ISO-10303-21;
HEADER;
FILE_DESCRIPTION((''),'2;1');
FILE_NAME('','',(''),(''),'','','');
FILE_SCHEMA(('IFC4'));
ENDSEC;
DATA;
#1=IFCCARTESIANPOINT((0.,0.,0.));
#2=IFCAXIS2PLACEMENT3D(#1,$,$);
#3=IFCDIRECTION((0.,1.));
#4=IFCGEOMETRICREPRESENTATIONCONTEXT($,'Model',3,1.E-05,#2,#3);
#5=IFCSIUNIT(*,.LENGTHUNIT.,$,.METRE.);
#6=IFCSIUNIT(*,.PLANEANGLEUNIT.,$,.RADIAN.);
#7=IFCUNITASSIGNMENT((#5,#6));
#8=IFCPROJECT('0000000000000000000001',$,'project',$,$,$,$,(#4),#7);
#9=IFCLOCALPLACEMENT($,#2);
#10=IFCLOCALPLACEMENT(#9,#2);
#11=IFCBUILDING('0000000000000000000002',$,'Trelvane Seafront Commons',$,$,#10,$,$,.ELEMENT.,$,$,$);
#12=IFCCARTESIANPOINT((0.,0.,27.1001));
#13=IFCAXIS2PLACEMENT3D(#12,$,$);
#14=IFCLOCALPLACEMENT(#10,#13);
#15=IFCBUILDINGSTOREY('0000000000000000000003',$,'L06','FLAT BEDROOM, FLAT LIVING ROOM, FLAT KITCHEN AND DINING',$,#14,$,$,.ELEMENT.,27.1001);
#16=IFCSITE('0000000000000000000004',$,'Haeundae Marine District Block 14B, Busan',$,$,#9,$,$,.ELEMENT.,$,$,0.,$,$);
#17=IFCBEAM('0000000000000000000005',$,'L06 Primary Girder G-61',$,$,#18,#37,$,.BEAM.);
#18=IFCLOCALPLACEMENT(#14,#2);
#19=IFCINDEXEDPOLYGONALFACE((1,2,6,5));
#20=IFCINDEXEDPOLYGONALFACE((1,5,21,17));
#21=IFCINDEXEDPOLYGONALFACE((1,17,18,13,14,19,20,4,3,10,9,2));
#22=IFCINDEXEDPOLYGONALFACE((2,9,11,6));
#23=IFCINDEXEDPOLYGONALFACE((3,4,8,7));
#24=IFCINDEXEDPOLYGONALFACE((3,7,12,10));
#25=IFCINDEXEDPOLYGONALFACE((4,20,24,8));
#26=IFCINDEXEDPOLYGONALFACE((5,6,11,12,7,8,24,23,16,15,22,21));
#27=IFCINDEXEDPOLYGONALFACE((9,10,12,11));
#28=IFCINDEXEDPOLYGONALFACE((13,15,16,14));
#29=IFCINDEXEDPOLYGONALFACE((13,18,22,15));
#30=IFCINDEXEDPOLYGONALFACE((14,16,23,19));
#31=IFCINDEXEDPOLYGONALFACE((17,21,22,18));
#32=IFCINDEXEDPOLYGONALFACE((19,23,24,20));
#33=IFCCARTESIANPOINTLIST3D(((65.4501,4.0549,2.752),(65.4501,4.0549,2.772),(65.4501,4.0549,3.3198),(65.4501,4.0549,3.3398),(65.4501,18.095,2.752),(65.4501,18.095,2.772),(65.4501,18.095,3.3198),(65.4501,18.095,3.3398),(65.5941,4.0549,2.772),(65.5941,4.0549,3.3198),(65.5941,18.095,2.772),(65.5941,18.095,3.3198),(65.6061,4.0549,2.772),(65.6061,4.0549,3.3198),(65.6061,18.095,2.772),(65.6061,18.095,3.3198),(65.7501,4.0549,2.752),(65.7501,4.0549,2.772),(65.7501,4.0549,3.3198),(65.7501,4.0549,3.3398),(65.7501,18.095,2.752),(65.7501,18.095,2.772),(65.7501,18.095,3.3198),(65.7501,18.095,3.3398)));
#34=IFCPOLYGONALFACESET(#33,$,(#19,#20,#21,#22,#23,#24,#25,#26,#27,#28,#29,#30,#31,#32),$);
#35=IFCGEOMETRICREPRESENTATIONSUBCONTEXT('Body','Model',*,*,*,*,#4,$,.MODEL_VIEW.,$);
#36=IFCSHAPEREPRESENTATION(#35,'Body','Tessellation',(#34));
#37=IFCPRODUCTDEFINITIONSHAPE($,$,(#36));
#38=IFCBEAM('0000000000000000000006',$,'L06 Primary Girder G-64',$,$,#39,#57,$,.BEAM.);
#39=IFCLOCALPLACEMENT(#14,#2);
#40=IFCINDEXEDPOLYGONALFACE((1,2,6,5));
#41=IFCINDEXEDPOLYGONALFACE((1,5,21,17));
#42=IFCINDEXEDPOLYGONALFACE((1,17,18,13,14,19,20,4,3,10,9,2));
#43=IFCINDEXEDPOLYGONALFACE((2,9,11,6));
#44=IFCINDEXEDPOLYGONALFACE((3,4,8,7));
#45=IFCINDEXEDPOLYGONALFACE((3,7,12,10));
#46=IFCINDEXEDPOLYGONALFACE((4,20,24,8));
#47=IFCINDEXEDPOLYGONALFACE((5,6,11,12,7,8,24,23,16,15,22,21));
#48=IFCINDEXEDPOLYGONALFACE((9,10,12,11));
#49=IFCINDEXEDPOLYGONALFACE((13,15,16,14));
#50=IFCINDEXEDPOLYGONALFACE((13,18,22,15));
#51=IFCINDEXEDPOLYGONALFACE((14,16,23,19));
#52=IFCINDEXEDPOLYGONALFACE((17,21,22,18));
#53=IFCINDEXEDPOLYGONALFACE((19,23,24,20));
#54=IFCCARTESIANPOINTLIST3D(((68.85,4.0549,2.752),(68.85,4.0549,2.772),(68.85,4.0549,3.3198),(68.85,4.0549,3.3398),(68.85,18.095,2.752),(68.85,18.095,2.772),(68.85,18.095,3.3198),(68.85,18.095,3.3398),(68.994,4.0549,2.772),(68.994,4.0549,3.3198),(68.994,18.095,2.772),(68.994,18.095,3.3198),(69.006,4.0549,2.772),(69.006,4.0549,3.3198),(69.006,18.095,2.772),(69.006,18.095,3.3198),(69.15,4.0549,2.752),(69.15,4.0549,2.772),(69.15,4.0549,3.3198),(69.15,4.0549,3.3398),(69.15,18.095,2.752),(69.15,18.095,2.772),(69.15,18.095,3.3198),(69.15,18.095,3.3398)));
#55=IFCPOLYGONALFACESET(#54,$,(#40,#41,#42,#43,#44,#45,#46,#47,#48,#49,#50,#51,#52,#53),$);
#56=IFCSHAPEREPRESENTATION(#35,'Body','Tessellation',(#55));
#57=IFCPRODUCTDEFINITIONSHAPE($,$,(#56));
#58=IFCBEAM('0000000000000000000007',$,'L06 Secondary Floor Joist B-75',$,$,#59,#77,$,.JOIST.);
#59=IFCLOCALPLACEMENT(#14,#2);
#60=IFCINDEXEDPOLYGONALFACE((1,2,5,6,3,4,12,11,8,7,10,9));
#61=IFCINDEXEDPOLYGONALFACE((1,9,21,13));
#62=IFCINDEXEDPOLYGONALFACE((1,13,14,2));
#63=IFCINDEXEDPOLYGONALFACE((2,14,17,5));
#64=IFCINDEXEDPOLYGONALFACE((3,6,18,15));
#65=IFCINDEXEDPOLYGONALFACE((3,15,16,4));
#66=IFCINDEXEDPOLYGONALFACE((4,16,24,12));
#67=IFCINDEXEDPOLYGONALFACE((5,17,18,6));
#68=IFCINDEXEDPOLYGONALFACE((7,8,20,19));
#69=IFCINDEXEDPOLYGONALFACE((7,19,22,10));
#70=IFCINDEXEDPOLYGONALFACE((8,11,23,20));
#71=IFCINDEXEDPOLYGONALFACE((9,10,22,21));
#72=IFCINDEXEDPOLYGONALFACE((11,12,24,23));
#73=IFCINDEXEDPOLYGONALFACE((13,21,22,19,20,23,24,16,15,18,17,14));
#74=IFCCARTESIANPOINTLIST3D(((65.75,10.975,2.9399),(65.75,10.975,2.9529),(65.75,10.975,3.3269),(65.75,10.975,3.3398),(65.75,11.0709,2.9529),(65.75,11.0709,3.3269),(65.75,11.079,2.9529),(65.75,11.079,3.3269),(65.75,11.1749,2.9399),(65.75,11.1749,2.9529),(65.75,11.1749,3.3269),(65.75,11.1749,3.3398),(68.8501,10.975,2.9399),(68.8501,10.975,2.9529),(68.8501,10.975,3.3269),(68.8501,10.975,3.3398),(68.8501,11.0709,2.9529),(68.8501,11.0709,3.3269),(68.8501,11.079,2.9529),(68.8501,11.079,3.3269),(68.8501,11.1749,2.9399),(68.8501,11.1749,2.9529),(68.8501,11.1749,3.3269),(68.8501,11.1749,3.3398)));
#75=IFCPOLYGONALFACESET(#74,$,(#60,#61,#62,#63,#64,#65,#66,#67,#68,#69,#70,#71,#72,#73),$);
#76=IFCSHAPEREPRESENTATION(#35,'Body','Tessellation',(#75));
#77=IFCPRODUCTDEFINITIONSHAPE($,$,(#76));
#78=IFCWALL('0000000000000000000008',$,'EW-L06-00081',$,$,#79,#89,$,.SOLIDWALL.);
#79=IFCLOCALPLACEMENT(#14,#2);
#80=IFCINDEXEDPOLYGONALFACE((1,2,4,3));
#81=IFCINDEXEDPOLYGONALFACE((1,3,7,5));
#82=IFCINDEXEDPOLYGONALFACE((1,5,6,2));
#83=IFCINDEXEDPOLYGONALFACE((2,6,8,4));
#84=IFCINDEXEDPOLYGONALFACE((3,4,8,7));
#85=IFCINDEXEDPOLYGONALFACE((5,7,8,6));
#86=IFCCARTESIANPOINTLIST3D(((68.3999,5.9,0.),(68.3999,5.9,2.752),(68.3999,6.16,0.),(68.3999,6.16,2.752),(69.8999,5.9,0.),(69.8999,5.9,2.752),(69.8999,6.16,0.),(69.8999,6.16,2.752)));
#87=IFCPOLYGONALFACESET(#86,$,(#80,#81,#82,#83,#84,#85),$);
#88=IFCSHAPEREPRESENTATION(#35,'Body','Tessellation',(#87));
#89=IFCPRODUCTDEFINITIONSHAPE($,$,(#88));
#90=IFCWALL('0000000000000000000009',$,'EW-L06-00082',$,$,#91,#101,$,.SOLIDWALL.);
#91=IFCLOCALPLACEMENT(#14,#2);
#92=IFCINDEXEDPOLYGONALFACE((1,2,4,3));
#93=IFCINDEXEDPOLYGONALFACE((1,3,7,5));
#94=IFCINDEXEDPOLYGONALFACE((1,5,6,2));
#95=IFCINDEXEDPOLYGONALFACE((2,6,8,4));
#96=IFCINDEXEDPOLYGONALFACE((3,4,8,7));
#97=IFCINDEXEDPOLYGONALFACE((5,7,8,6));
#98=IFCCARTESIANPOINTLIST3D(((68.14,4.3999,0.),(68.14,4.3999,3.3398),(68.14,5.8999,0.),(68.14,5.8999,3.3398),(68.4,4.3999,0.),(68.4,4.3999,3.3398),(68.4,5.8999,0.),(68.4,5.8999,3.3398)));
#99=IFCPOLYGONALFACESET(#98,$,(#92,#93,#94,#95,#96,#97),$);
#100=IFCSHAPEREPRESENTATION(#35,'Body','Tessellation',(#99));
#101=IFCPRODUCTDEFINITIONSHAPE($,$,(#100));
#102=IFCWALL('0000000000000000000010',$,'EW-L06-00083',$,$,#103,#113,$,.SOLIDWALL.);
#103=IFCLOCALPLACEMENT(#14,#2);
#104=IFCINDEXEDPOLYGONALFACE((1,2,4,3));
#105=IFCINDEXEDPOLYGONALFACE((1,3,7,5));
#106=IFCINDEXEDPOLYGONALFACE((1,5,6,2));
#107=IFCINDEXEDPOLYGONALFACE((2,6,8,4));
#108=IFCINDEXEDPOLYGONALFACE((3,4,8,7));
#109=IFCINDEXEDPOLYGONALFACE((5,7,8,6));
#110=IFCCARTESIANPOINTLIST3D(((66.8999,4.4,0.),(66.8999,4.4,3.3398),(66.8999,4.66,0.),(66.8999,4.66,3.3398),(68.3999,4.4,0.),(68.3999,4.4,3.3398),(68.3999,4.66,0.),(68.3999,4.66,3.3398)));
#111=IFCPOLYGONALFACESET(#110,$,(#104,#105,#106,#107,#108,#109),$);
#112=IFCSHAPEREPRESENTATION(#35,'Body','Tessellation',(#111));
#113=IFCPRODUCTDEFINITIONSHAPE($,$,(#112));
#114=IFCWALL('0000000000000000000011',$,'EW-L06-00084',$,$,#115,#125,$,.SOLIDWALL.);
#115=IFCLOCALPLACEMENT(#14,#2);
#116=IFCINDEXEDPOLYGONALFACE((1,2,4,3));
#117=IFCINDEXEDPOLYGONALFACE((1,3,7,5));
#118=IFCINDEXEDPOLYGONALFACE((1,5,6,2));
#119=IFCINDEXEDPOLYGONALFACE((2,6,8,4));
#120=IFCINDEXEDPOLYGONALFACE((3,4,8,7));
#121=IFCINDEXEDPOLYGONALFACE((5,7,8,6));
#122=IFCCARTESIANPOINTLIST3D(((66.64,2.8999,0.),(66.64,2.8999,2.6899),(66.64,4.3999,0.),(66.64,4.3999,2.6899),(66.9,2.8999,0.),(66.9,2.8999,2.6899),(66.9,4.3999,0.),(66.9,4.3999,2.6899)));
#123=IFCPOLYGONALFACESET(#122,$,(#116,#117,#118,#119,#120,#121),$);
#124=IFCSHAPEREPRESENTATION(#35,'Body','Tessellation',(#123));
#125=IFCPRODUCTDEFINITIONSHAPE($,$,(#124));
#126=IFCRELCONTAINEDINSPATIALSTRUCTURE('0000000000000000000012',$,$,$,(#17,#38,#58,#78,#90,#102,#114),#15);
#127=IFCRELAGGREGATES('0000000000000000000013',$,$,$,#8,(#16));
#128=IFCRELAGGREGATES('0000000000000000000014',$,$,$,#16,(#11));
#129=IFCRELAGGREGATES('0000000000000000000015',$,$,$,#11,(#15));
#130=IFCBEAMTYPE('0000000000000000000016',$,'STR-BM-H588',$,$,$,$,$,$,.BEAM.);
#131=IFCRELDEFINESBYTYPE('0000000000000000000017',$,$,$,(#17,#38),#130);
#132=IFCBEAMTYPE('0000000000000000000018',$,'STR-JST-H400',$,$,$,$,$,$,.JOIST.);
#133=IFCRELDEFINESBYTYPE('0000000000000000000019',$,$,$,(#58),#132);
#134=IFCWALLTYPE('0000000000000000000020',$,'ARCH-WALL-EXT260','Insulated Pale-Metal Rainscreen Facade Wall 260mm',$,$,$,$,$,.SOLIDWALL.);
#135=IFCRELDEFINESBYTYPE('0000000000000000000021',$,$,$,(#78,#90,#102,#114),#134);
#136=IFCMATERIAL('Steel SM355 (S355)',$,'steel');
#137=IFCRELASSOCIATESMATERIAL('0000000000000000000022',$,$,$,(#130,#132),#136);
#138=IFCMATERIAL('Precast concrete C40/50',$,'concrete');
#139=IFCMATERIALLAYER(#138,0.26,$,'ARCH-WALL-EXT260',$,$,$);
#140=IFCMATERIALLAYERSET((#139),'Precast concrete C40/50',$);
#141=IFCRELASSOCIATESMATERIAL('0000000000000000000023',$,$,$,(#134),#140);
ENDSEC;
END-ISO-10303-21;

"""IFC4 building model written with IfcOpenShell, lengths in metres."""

from ifc_helpers import new_model, si_unit, direction, frame, frame_2d, origin, origin_2d, place, context, subcontext, project, spatial, rectangle, i_section, extrude, source, transform, mapped, material, layer, layer_set, material_profile, profile_set, type_object, element, save


model = new_model("IFC4")

# Units and contexts
model_context = context("Model", 3, precision=1e-05, world=origin(), true_north=direction((0.0, 1.0)))
body_context = subcontext(model_context, "Body", "Model", "MODEL_VIEW")
ifc_project = project(units=[si_unit("LENGTHUNIT", "METRE"), si_unit("PLANEANGLEUNIT", "RADIAN")], contexts=[model_context])

# Site, building, storey
site_placement = place(None, origin())
site = spatial("IfcSite", under=ifc_project, at=site_placement, Name="Haeundae Marine District Block 14B, Busan", CompositionType="ELEMENT", RefElevation=0.0)
building_placement = place(site_placement, origin())
building = spatial("IfcBuilding", under=site, at=building_placement, Name="Trelvane Seafront Commons", CompositionType="ELEMENT")
storey_placement = place(building_placement, frame((0.0, 0.0, 27.1001)))
storey = spatial("IfcBuildingStorey", under=building, at=storey_placement, Name="L06", Description="FLAT BEDROOM, FLAT LIVING ROOM, FLAT KITCHEN AND DINING", CompositionType="ELEMENT", Elevation=27.1001)

# Beams
ifc_material_1 = material(Name="Steel SM355 (S355)", Category="steel")
ifc_material_profile_1 = material_profile(ifc_material_1, i_section(OverallWidth=0.3, OverallDepth=0.5879, WebThickness=0.012, FlangeThickness=0.02, at=origin_2d()), Name="H-588x300x12x20")
ifc_profile_set_1 = profile_set([ifc_material_profile_1], Name="Steel SM355 (S355)")
beam_type_1 = type_object("IfcBeamType", Name="STR-BM-H588", PredefinedType="BEAM", material=ifc_profile_set_1)
shared_shape_1 = source(origin(), body_context, "Body", "SweptSolid", [
    extrude(i_section(OverallWidth=0.3, OverallDepth=0.5879, WebThickness=0.012, FlangeThickness=0.02, at=origin_2d()), origin(), (0.0, 0.0, 1.0), 14.04),
])
for number, where, z_axis, x_axis, name in (
    (1, (65.6001, 4.0549, 3.0459), (0.0, 1.0, 0.0), (-1.0, 0.0, 0.0), "L06 Primary Girder G-61"),
    (2, (69.0, 4.0549, 3.0459), (0.0, 1.0, 0.0), (-1.0, 0.0, 0.0), "L06 Primary Girder G-64"),
):
    element("IfcBeam", number, at=place(storey_placement, frame(where, z_axis=z_axis, x_axis=x_axis)), inside=storey, type_object=beam_type_1, Name=name, PredefinedType="BEAM", context=body_context, shape_type="MappedRepresentation", body=[
        mapped(shared_shape_1, transform((0.0, 0.0, 0.0), x_axis=(1.0, 0.0, 0.0), y_axis=(0.0, 1.0, 0.0), z_axis=(0.0, 0.0, 1.0), scale=1.0)),
    ])
ifc_material_profile_2 = material_profile(ifc_material_1, i_section(OverallWidth=0.2, OverallDepth=0.3999, WebThickness=0.0081, FlangeThickness=0.0129, at=origin_2d()), Name="H-400x200x8x13")
ifc_profile_set_2 = profile_set([ifc_material_profile_2], Name="Steel SM355 (S355)")
beam_type_2 = type_object("IfcBeamType", Name="STR-JST-H400", PredefinedType="JOIST", material=ifc_profile_set_2)
shared_shape_2 = source(origin(), body_context, "Body", "SweptSolid", [
    extrude(i_section(OverallWidth=0.2, OverallDepth=0.3999, WebThickness=0.0081, FlangeThickness=0.0129, at=origin_2d()), origin(), (0.0, 0.0, 1.0), 3.1001),
])
beam_placement = place(storey_placement, frame((65.75, 11.075, 3.1399), z_axis=(1.0, 0.0, 0.0), x_axis=(0.0, 1.0, 0.0)))
element("IfcBeam", 3, at=beam_placement, inside=storey, type_object=beam_type_2, Name="L06 Secondary Floor Joist B-75", PredefinedType="JOIST", context=body_context, shape_type="MappedRepresentation", body=[
    mapped(shared_shape_2, transform((0.0, 0.0, 0.0), x_axis=(1.0, 0.0, 0.0), y_axis=(0.0, 1.0, 0.0), z_axis=(0.0, 0.0, 1.0), scale=1.0)),
])

# Walls
ifc_material_2 = material(Name="Precast concrete C40/50", Category="concrete")
ifc_layer = layer(ifc_material_2, 0.26, Name="ARCH-WALL-EXT260")
ifc_layer_set = layer_set([ifc_layer], Name="Precast concrete C40/50")
wall_type = type_object("IfcWallType", Name="ARCH-WALL-EXT260", Description="Insulated Pale-Metal Rainscreen Facade Wall 260mm", PredefinedType="SOLIDWALL", material=ifc_layer_set)
wall_1_placement = place(storey_placement, frame((69.8999, 6.03, 0.0), z_axis=(0.0, 0.0, 1.0), x_axis=(-1.0, 0.0, 0.0)))
element("IfcWall", 4, at=wall_1_placement, inside=storey, type_object=wall_type, Name="EW-L06-00081", PredefinedType="SOLIDWALL", context=body_context, shape_type="SweptSolid", body=[
    extrude(rectangle(XDim=1.5, YDim=0.26, at=frame_2d((0.75, 0.0))), origin(), (0.0, 0.0, 1.0), 2.752),
])
for number, where, z_axis, x_axis, name in (
    (5, (68.27, 5.8999, 0.0), (0.0, 0.0, 1.0), (0.0, -1.0, 0.0), "EW-L06-00082"),
    (6, (68.3999, 4.53, 0.0), (0.0, 0.0, 1.0), (-1.0, 0.0, 0.0), "EW-L06-00083"),
):
    element("IfcWall", number, at=place(storey_placement, frame(where, z_axis=z_axis, x_axis=x_axis)), inside=storey, type_object=wall_type, Name=name, PredefinedType="SOLIDWALL", context=body_context, shape_type="SweptSolid", body=[
        extrude(rectangle(XDim=1.5, YDim=0.26, at=frame_2d((0.75, 0.0))), origin(), (0.0, 0.0, 1.0), 3.3398),
    ])
wall_2_placement = place(storey_placement, frame((66.77, 4.3999, 0.0), z_axis=(0.0, 0.0, 1.0), x_axis=(0.0, -1.0, 0.0)))
element("IfcWall", 7, at=wall_2_placement, inside=storey, type_object=wall_type, Name="EW-L06-00084", PredefinedType="SOLIDWALL", context=body_context, shape_type="SweptSolid", body=[
    extrude(rectangle(XDim=1.5, YDim=0.26, at=frame_2d((0.75, 0.0))), origin(), (0.0, 0.0, 1.0), 2.6899),
])

save(model, "model.ifc")
